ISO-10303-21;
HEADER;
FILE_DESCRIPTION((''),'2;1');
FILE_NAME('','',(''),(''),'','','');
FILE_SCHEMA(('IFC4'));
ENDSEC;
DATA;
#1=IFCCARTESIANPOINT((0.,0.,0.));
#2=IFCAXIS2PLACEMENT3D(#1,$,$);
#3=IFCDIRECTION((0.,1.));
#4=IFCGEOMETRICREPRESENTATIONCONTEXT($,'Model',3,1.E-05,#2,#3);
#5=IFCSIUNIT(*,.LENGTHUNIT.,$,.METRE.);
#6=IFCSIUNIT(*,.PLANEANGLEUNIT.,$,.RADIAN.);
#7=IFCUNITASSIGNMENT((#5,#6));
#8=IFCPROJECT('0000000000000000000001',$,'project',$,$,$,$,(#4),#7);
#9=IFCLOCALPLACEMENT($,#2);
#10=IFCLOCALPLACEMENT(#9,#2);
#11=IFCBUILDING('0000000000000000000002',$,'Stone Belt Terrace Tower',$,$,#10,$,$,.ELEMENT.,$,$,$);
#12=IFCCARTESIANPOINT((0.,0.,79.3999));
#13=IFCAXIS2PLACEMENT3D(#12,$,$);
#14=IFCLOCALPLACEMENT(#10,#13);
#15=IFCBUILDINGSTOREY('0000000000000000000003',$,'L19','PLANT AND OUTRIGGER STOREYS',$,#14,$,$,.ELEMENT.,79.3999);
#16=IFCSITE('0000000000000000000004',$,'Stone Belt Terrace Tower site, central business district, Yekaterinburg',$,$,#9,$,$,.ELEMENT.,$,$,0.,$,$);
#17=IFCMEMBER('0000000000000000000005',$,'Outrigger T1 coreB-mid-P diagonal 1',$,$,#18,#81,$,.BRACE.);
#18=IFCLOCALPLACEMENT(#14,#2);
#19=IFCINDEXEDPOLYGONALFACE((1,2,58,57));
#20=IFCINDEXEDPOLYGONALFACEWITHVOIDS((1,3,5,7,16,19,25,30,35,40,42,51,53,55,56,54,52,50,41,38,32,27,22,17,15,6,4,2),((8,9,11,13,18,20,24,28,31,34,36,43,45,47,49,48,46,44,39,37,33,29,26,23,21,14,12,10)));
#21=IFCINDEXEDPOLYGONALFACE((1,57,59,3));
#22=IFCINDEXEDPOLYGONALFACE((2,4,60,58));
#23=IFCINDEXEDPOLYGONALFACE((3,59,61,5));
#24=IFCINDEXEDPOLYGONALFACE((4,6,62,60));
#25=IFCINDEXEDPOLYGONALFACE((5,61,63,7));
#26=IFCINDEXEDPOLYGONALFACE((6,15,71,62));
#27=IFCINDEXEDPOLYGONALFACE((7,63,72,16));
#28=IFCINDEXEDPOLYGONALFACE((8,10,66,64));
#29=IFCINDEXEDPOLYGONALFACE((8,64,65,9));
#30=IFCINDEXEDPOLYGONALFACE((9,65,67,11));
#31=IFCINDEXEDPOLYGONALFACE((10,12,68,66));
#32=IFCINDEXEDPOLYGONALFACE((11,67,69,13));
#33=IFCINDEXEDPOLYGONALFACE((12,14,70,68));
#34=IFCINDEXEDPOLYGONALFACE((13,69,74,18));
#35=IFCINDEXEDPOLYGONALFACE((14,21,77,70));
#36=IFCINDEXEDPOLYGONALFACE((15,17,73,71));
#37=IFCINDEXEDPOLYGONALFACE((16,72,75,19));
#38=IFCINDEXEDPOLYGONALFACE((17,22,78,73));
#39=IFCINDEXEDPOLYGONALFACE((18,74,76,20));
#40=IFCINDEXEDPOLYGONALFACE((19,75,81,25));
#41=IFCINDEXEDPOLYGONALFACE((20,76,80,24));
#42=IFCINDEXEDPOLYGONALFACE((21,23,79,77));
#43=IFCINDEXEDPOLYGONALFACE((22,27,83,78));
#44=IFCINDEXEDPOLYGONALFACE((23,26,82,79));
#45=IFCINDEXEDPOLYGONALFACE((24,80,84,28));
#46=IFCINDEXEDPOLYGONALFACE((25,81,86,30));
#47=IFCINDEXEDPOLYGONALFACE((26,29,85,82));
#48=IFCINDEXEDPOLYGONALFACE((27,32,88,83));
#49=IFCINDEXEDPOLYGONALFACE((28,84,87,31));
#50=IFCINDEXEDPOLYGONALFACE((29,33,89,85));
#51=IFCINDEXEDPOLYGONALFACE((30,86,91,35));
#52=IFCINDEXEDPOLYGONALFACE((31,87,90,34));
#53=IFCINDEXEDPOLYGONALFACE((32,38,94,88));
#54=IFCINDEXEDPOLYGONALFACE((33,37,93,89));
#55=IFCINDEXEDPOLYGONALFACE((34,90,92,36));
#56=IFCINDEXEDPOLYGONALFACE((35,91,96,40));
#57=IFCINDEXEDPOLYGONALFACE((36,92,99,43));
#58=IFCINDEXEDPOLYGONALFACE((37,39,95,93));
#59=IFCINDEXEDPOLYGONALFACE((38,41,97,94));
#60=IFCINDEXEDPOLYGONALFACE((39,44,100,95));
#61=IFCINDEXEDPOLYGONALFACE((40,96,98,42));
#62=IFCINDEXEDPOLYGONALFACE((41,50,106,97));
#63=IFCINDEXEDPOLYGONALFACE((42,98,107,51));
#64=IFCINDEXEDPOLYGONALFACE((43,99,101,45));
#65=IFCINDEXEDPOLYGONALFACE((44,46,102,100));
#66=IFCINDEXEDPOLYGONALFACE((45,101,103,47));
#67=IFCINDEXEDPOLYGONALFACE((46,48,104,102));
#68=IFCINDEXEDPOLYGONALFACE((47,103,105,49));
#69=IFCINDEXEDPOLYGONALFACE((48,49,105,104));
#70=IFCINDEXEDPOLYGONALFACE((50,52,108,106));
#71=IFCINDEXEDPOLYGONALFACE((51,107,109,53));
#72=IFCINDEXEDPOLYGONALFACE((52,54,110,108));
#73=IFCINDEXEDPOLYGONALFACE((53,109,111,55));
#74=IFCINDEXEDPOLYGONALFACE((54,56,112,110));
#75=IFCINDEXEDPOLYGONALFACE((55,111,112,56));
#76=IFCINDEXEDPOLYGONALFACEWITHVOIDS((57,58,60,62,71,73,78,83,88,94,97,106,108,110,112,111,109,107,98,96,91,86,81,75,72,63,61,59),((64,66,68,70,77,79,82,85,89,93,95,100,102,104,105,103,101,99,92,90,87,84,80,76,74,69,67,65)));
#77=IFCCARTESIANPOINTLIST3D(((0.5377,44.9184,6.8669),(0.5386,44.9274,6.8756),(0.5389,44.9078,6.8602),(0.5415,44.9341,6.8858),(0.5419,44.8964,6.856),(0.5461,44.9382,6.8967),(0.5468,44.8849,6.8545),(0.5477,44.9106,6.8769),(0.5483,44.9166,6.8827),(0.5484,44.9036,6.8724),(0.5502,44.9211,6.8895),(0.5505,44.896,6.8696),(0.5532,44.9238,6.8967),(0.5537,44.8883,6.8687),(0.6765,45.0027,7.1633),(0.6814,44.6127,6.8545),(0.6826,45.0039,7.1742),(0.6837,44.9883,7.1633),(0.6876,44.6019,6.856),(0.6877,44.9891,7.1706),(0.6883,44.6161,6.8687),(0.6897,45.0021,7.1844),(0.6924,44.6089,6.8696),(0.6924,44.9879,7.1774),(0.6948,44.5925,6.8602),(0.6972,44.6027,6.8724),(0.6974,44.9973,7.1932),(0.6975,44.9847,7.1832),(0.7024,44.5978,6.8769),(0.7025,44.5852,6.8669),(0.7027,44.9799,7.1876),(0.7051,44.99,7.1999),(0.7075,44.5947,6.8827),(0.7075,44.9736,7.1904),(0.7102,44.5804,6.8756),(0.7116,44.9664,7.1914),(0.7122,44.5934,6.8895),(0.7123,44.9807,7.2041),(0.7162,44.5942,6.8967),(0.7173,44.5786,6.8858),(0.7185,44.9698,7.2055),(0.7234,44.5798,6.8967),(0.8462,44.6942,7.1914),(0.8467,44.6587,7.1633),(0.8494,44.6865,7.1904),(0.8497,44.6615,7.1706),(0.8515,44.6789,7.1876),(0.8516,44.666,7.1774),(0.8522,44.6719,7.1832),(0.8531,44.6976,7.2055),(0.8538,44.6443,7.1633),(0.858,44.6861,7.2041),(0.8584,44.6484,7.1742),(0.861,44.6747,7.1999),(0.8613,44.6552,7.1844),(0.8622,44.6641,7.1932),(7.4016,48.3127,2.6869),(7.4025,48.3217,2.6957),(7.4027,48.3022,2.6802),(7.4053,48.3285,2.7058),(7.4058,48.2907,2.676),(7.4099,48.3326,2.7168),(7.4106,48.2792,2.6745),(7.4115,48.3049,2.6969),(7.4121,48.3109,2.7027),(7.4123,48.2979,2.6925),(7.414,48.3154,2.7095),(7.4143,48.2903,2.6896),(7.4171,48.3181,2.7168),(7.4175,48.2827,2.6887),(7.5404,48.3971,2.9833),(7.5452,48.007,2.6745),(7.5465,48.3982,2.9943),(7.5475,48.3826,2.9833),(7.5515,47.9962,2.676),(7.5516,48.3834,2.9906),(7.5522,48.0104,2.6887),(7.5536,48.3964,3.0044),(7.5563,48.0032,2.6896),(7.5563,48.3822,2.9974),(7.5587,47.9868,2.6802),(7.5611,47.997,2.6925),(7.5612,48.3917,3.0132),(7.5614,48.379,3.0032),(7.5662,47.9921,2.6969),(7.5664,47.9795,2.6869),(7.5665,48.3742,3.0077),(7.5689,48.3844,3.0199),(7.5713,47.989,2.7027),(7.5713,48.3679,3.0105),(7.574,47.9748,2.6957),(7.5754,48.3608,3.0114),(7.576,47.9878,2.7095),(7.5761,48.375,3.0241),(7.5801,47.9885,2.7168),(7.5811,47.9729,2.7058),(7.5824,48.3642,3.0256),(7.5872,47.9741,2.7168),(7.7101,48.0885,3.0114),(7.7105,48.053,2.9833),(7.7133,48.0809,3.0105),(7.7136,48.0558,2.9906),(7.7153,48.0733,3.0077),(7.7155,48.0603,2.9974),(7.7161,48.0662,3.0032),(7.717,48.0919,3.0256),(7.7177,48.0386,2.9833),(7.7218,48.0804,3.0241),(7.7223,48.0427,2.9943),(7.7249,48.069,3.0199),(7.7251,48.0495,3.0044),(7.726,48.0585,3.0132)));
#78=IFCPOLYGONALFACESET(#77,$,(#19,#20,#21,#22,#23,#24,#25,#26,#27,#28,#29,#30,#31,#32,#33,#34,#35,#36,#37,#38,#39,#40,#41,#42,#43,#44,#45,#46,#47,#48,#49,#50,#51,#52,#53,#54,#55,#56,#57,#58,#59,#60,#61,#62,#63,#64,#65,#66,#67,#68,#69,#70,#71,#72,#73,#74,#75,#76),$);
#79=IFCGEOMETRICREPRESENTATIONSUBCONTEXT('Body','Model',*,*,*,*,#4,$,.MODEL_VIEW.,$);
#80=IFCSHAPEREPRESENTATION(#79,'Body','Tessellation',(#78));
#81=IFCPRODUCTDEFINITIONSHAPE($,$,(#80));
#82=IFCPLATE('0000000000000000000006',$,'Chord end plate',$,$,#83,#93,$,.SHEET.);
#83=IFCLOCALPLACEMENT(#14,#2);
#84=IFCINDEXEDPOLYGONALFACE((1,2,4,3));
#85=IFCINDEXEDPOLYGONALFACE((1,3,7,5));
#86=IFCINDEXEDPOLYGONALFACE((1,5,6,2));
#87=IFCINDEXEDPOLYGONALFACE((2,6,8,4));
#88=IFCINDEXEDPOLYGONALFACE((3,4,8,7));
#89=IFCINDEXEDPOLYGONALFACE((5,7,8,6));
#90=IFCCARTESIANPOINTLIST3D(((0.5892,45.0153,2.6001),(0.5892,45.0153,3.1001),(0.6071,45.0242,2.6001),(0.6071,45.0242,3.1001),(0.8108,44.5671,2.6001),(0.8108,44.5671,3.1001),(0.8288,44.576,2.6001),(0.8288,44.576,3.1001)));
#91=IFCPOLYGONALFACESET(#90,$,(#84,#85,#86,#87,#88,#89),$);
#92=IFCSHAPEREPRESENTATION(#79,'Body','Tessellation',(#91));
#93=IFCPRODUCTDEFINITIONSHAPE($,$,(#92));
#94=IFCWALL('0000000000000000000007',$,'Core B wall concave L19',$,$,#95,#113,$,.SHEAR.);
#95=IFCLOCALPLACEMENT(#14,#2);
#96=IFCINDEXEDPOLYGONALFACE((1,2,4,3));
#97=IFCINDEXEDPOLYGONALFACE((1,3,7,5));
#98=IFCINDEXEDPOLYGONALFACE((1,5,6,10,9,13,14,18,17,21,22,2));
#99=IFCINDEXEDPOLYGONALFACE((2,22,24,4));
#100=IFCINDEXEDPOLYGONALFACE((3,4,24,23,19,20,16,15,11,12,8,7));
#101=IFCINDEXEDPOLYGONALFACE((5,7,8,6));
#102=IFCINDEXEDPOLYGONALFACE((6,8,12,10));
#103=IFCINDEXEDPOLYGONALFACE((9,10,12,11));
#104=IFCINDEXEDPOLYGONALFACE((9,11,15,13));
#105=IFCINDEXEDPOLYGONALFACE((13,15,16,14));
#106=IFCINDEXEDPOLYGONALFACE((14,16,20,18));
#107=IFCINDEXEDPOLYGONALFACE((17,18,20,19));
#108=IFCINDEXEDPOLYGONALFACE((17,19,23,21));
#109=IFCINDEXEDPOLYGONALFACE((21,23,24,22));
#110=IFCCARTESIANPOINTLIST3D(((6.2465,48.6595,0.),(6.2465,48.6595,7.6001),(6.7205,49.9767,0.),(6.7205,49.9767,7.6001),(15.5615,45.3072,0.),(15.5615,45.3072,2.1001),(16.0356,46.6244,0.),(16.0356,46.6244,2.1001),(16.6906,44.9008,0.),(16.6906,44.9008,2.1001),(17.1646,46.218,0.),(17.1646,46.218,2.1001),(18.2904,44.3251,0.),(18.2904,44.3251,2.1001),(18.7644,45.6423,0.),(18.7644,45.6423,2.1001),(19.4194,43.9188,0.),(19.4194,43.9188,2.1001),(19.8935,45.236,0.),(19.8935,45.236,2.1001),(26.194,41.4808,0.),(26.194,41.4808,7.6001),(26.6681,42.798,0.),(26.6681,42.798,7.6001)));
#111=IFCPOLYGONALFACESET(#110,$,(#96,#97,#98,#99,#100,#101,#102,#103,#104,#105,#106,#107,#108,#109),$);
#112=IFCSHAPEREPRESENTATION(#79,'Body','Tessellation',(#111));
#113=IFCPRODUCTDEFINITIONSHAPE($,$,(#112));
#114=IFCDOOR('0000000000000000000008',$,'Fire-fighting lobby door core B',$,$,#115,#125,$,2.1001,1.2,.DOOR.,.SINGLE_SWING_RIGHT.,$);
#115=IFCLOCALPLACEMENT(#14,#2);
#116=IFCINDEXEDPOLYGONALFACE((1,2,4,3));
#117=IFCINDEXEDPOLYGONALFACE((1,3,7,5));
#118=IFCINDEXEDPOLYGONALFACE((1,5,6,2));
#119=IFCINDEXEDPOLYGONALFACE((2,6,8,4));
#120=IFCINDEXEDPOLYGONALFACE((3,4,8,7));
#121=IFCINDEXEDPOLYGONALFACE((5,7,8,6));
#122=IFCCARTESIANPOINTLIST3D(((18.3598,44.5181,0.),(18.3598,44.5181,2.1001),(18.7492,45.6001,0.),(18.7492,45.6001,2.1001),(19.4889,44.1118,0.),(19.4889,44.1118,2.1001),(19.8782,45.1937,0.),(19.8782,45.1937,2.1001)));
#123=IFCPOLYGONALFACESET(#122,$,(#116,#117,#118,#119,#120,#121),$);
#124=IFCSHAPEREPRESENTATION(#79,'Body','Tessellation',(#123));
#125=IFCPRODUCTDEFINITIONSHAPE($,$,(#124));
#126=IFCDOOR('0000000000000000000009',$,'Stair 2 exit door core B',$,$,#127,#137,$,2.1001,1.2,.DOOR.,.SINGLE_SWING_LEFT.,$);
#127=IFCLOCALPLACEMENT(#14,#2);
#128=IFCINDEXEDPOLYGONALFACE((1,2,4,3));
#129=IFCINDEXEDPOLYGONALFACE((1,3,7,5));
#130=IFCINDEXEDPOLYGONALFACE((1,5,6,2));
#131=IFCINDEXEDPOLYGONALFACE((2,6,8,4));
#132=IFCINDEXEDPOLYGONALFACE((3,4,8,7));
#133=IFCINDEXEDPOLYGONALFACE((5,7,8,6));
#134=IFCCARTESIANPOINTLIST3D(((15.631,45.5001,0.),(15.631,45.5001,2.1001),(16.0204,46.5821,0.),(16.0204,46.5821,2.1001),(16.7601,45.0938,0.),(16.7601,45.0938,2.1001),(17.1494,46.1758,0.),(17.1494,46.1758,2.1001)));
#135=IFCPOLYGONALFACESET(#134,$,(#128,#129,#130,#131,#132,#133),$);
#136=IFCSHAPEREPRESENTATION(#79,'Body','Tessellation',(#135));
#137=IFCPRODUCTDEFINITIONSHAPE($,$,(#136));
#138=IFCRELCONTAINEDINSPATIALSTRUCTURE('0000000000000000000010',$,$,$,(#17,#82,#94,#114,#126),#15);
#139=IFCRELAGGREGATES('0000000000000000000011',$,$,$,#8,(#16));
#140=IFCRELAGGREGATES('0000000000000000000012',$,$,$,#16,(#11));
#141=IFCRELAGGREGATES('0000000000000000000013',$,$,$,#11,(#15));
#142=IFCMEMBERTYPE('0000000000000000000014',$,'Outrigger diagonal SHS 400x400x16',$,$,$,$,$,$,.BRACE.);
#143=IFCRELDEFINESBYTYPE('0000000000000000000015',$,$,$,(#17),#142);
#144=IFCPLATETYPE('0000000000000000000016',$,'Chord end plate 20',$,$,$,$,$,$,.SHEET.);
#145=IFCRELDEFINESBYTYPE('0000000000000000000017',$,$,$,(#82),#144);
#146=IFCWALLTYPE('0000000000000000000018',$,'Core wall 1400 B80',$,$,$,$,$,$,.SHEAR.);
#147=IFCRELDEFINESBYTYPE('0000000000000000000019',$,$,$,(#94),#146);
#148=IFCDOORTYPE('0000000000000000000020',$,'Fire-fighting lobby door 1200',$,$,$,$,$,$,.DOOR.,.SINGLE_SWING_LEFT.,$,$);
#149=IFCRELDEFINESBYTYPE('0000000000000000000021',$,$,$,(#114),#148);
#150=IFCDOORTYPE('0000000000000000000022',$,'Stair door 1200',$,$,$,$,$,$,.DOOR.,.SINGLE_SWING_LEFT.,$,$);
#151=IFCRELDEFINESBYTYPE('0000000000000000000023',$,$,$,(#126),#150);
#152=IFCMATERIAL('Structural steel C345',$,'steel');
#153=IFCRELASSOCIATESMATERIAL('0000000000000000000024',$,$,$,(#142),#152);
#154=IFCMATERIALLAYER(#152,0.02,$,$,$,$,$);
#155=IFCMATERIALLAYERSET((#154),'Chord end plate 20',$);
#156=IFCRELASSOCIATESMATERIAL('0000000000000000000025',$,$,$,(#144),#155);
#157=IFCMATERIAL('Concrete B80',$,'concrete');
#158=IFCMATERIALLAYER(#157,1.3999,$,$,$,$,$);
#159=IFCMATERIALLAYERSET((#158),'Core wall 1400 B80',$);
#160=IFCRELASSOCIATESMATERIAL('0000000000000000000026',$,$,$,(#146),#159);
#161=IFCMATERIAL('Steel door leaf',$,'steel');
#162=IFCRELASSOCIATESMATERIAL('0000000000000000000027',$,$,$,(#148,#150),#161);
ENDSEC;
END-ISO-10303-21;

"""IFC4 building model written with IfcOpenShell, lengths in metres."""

from ifc_helpers import new_model, si_unit, direction, frame, frame_2d, origin, origin_2d, place, context, subcontext, project, spatial, rectangle, hollow_rectangle, extrude, material, layer, layer_set, material_profile, profile_set, type_object, element, fill, save


model = new_model("IFC4")

# Units and contexts
model_context = context("Model", 3, precision=1e-05, world=origin(), true_north=direction((0.0, 1.0)))
body_context = subcontext(model_context, "Body", "Model", "MODEL_VIEW")
ifc_project = project(units=[si_unit("LENGTHUNIT", "METRE"), si_unit("PLANEANGLEUNIT", "RADIAN")], contexts=[model_context])

# Site, building, storey
site_placement = place(None, origin())
site = spatial("IfcSite", under=ifc_project, at=site_placement, Name="Stone Belt Terrace Tower site, central business district, Yekaterinburg", CompositionType="ELEMENT", RefElevation=0.0)
building_placement = place(site_placement, origin())
building = spatial("IfcBuilding", under=site, at=building_placement, Name="Stone Belt Terrace Tower", CompositionType="ELEMENT")
storey_placement = place(building_placement, frame((0.0, 0.0, 79.3999)))
storey = spatial("IfcBuildingStorey", under=building, at=storey_placement, Name="L19", Description="PLANT AND OUTRIGGER STOREYS", CompositionType="ELEMENT", Elevation=79.3999)

# Shared definitions
ifc_material_1 = material(Name="Concrete B80", Category="concrete")

# Member
ifc_material_2 = material(Name="Structural steel C345", Category="steel")
ifc_material_profile_1 = material_profile(ifc_material_2, hollow_rectangle(XDim=0.3999, YDim=0.3999, WallThickness=0.0161, InnerFilletRadius=0.032, OuterFilletRadius=0.0481, at=origin_2d()), Name="SHS 400x400x16")
ifc_profile_set_1 = profile_set([ifc_material_profile_1], Name="Structural steel C345")
member_type_1 = type_object("IfcMemberType", Name="Outrigger diagonal SHS 400x400x16", PredefinedType="BRACE", material=ifc_profile_set_1)
member_1_placement = place(storey_placement, frame((0.7, 44.7913, 7.03), z_axis=(0.786788, 0.389084, -0.479142), x_axis=(-0.443281, 0.896383, 0.0)))
element("IfcMember", 1, at=member_1_placement, inside=storey, type_object=member_type_1, Name="Outrigger T1 coreB-mid-P diagonal 1", PredefinedType="BRACE", context=body_context, shape_type="SweptSolid", body=[
    extrude(hollow_rectangle(XDim=0.3999, YDim=0.3999, WallThickness=0.0161, InnerFilletRadius=0.032, OuterFilletRadius=0.0481, at=origin_2d()), origin(), (0.0, 0.0, 1.0), 8.7239),
])

# Plate
ifc_layer_1 = layer(ifc_material_2, 0.02)
ifc_layer_set_1 = layer_set([ifc_layer_1], Name="Chord end plate 20")
plate_type = type_object("IfcPlateType", Name="Chord end plate 20", PredefinedType="SHEET", material=ifc_layer_set_1)
plate_placement = place(storey_placement, frame((0.709, 44.7957, 2.6001), z_axis=(0.0, 0.0, 1.0), x_axis=(-0.896377, -0.443292, 0.0)))
element("IfcPlate", 2, at=plate_placement, inside=storey, type_object=plate_type, Name="Chord end plate", PredefinedType="SHEET", context=body_context, shape_type="SweptSolid", body=[
    extrude(rectangle(XDim=0.02, YDim=0.5, at=origin_2d()), origin(), (0.0, 0.0, 1.0), 0.5),
])

# Wall, openings, doors
ifc_layer_2 = layer(ifc_material_1, 1.3999)
ifc_layer_set_2 = layer_set([ifc_layer_2], Name="Core wall 1400 B80")
wall_type_1 = type_object("IfcWallType", Name="Core wall 1400 B80", PredefinedType="SHEAR", material=ifc_layer_set_2)
wall_1_placement = place(storey_placement, frame((6.4834, 49.3181, 0.0), z_axis=(0.0, 0.0, 1.0), x_axis=(0.940923, -0.33862, 0.0)))
wall_1 = element("IfcWall", 3, at=wall_1_placement, inside=storey, type_object=wall_type_1, Name="Core B wall concave L19", PredefinedType="SHEAR", context=body_context, shape_type="SweptSolid", body=[
    extrude(rectangle(XDim=21.2, YDim=1.3999, at=frame_2d((10.6001, 0.0))), origin(), (0.0, 0.0, 1.0), 7.6001),
])
opening_1_placement = place(wall_1_placement, frame((12.8, 0.0, 0.0)))
opening_1 = element("IfcOpeningElement", 4, at=opening_1_placement, cuts=wall_1, PredefinedType="OPENING", context=body_context, shape_type="SweptSolid", body=[
    extrude(rectangle(XDim=1.2, YDim=2.1001, at=frame_2d((0.6001, 1.05))), frame((0.0, 0.71, 0.0), z_axis=(0.0, -1.0, 0.0), x_axis=(1.0, 0.0, 0.0)), (0.0, 0.0, 1.0), 1.4199),
])
opening_2_placement = place(wall_1_placement, frame((9.8999, 0.0, 0.0)))
opening_2 = element("IfcOpeningElement", 5, at=opening_2_placement, cuts=wall_1, PredefinedType="OPENING", context=body_context, shape_type="SweptSolid", body=[
    extrude(rectangle(XDim=1.2, YDim=2.1001, at=frame_2d((0.6001, 1.05))), frame((0.0, 0.71, 0.0), z_axis=(0.0, -1.0, 0.0), x_axis=(1.0, 0.0, 0.0)), (0.0, 0.0, 1.0), 1.4199),
])
ifc_material_3 = material(Name="Steel door leaf", Category="steel")
door_type_1 = type_object("IfcDoorType", Name="Fire-fighting lobby door 1200", OperationType="SINGLE_SWING_LEFT", PredefinedType="DOOR", material=ifc_material_3)
door_1_placement = place(opening_1_placement, origin())
door_1 = element("IfcDoor", 6, at=door_1_placement, inside=storey, type_object=door_type_1, Name="Fire-fighting lobby door core B", OperationType="SINGLE_SWING_RIGHT", OverallHeight=2.1001, OverallWidth=1.2, PredefinedType="DOOR", context=body_context, shape_type="SweptSolid", body=[
    extrude(rectangle(XDim=1.2, YDim=2.1001, at=frame_2d((0.6001, 1.05))), frame((0.0, 0.655, 0.0), z_axis=(0.0, -1.0, 0.0), x_axis=(1.0, 0.0, 0.0)), (0.0, 0.0, 1.0), 1.1499),
])
fill(opening_1, door_1)
door_type_2 = type_object("IfcDoorType", Name="Stair door 1200", OperationType="SINGLE_SWING_LEFT", PredefinedType="DOOR", material=ifc_material_3)
door_2_placement = place(opening_2_placement, origin())
door_2 = element("IfcDoor", 7, at=door_2_placement, inside=storey, type_object=door_type_2, Name="Stair 2 exit door core B", OperationType="SINGLE_SWING_LEFT", OverallHeight=2.1001, OverallWidth=1.2, PredefinedType="DOOR", context=body_context, shape_type="SweptSolid", body=[
    extrude(rectangle(XDim=1.2, YDim=2.1001, at=frame_2d((0.6001, 1.05))), frame((0.0, 0.655, 0.0), z_axis=(0.0, -1.0, 0.0), x_axis=(1.0, 0.0, 0.0)), (0.0, 0.0, 1.0), 1.1499),
])
fill(opening_2, door_2)

save(model, "model.ifc")
